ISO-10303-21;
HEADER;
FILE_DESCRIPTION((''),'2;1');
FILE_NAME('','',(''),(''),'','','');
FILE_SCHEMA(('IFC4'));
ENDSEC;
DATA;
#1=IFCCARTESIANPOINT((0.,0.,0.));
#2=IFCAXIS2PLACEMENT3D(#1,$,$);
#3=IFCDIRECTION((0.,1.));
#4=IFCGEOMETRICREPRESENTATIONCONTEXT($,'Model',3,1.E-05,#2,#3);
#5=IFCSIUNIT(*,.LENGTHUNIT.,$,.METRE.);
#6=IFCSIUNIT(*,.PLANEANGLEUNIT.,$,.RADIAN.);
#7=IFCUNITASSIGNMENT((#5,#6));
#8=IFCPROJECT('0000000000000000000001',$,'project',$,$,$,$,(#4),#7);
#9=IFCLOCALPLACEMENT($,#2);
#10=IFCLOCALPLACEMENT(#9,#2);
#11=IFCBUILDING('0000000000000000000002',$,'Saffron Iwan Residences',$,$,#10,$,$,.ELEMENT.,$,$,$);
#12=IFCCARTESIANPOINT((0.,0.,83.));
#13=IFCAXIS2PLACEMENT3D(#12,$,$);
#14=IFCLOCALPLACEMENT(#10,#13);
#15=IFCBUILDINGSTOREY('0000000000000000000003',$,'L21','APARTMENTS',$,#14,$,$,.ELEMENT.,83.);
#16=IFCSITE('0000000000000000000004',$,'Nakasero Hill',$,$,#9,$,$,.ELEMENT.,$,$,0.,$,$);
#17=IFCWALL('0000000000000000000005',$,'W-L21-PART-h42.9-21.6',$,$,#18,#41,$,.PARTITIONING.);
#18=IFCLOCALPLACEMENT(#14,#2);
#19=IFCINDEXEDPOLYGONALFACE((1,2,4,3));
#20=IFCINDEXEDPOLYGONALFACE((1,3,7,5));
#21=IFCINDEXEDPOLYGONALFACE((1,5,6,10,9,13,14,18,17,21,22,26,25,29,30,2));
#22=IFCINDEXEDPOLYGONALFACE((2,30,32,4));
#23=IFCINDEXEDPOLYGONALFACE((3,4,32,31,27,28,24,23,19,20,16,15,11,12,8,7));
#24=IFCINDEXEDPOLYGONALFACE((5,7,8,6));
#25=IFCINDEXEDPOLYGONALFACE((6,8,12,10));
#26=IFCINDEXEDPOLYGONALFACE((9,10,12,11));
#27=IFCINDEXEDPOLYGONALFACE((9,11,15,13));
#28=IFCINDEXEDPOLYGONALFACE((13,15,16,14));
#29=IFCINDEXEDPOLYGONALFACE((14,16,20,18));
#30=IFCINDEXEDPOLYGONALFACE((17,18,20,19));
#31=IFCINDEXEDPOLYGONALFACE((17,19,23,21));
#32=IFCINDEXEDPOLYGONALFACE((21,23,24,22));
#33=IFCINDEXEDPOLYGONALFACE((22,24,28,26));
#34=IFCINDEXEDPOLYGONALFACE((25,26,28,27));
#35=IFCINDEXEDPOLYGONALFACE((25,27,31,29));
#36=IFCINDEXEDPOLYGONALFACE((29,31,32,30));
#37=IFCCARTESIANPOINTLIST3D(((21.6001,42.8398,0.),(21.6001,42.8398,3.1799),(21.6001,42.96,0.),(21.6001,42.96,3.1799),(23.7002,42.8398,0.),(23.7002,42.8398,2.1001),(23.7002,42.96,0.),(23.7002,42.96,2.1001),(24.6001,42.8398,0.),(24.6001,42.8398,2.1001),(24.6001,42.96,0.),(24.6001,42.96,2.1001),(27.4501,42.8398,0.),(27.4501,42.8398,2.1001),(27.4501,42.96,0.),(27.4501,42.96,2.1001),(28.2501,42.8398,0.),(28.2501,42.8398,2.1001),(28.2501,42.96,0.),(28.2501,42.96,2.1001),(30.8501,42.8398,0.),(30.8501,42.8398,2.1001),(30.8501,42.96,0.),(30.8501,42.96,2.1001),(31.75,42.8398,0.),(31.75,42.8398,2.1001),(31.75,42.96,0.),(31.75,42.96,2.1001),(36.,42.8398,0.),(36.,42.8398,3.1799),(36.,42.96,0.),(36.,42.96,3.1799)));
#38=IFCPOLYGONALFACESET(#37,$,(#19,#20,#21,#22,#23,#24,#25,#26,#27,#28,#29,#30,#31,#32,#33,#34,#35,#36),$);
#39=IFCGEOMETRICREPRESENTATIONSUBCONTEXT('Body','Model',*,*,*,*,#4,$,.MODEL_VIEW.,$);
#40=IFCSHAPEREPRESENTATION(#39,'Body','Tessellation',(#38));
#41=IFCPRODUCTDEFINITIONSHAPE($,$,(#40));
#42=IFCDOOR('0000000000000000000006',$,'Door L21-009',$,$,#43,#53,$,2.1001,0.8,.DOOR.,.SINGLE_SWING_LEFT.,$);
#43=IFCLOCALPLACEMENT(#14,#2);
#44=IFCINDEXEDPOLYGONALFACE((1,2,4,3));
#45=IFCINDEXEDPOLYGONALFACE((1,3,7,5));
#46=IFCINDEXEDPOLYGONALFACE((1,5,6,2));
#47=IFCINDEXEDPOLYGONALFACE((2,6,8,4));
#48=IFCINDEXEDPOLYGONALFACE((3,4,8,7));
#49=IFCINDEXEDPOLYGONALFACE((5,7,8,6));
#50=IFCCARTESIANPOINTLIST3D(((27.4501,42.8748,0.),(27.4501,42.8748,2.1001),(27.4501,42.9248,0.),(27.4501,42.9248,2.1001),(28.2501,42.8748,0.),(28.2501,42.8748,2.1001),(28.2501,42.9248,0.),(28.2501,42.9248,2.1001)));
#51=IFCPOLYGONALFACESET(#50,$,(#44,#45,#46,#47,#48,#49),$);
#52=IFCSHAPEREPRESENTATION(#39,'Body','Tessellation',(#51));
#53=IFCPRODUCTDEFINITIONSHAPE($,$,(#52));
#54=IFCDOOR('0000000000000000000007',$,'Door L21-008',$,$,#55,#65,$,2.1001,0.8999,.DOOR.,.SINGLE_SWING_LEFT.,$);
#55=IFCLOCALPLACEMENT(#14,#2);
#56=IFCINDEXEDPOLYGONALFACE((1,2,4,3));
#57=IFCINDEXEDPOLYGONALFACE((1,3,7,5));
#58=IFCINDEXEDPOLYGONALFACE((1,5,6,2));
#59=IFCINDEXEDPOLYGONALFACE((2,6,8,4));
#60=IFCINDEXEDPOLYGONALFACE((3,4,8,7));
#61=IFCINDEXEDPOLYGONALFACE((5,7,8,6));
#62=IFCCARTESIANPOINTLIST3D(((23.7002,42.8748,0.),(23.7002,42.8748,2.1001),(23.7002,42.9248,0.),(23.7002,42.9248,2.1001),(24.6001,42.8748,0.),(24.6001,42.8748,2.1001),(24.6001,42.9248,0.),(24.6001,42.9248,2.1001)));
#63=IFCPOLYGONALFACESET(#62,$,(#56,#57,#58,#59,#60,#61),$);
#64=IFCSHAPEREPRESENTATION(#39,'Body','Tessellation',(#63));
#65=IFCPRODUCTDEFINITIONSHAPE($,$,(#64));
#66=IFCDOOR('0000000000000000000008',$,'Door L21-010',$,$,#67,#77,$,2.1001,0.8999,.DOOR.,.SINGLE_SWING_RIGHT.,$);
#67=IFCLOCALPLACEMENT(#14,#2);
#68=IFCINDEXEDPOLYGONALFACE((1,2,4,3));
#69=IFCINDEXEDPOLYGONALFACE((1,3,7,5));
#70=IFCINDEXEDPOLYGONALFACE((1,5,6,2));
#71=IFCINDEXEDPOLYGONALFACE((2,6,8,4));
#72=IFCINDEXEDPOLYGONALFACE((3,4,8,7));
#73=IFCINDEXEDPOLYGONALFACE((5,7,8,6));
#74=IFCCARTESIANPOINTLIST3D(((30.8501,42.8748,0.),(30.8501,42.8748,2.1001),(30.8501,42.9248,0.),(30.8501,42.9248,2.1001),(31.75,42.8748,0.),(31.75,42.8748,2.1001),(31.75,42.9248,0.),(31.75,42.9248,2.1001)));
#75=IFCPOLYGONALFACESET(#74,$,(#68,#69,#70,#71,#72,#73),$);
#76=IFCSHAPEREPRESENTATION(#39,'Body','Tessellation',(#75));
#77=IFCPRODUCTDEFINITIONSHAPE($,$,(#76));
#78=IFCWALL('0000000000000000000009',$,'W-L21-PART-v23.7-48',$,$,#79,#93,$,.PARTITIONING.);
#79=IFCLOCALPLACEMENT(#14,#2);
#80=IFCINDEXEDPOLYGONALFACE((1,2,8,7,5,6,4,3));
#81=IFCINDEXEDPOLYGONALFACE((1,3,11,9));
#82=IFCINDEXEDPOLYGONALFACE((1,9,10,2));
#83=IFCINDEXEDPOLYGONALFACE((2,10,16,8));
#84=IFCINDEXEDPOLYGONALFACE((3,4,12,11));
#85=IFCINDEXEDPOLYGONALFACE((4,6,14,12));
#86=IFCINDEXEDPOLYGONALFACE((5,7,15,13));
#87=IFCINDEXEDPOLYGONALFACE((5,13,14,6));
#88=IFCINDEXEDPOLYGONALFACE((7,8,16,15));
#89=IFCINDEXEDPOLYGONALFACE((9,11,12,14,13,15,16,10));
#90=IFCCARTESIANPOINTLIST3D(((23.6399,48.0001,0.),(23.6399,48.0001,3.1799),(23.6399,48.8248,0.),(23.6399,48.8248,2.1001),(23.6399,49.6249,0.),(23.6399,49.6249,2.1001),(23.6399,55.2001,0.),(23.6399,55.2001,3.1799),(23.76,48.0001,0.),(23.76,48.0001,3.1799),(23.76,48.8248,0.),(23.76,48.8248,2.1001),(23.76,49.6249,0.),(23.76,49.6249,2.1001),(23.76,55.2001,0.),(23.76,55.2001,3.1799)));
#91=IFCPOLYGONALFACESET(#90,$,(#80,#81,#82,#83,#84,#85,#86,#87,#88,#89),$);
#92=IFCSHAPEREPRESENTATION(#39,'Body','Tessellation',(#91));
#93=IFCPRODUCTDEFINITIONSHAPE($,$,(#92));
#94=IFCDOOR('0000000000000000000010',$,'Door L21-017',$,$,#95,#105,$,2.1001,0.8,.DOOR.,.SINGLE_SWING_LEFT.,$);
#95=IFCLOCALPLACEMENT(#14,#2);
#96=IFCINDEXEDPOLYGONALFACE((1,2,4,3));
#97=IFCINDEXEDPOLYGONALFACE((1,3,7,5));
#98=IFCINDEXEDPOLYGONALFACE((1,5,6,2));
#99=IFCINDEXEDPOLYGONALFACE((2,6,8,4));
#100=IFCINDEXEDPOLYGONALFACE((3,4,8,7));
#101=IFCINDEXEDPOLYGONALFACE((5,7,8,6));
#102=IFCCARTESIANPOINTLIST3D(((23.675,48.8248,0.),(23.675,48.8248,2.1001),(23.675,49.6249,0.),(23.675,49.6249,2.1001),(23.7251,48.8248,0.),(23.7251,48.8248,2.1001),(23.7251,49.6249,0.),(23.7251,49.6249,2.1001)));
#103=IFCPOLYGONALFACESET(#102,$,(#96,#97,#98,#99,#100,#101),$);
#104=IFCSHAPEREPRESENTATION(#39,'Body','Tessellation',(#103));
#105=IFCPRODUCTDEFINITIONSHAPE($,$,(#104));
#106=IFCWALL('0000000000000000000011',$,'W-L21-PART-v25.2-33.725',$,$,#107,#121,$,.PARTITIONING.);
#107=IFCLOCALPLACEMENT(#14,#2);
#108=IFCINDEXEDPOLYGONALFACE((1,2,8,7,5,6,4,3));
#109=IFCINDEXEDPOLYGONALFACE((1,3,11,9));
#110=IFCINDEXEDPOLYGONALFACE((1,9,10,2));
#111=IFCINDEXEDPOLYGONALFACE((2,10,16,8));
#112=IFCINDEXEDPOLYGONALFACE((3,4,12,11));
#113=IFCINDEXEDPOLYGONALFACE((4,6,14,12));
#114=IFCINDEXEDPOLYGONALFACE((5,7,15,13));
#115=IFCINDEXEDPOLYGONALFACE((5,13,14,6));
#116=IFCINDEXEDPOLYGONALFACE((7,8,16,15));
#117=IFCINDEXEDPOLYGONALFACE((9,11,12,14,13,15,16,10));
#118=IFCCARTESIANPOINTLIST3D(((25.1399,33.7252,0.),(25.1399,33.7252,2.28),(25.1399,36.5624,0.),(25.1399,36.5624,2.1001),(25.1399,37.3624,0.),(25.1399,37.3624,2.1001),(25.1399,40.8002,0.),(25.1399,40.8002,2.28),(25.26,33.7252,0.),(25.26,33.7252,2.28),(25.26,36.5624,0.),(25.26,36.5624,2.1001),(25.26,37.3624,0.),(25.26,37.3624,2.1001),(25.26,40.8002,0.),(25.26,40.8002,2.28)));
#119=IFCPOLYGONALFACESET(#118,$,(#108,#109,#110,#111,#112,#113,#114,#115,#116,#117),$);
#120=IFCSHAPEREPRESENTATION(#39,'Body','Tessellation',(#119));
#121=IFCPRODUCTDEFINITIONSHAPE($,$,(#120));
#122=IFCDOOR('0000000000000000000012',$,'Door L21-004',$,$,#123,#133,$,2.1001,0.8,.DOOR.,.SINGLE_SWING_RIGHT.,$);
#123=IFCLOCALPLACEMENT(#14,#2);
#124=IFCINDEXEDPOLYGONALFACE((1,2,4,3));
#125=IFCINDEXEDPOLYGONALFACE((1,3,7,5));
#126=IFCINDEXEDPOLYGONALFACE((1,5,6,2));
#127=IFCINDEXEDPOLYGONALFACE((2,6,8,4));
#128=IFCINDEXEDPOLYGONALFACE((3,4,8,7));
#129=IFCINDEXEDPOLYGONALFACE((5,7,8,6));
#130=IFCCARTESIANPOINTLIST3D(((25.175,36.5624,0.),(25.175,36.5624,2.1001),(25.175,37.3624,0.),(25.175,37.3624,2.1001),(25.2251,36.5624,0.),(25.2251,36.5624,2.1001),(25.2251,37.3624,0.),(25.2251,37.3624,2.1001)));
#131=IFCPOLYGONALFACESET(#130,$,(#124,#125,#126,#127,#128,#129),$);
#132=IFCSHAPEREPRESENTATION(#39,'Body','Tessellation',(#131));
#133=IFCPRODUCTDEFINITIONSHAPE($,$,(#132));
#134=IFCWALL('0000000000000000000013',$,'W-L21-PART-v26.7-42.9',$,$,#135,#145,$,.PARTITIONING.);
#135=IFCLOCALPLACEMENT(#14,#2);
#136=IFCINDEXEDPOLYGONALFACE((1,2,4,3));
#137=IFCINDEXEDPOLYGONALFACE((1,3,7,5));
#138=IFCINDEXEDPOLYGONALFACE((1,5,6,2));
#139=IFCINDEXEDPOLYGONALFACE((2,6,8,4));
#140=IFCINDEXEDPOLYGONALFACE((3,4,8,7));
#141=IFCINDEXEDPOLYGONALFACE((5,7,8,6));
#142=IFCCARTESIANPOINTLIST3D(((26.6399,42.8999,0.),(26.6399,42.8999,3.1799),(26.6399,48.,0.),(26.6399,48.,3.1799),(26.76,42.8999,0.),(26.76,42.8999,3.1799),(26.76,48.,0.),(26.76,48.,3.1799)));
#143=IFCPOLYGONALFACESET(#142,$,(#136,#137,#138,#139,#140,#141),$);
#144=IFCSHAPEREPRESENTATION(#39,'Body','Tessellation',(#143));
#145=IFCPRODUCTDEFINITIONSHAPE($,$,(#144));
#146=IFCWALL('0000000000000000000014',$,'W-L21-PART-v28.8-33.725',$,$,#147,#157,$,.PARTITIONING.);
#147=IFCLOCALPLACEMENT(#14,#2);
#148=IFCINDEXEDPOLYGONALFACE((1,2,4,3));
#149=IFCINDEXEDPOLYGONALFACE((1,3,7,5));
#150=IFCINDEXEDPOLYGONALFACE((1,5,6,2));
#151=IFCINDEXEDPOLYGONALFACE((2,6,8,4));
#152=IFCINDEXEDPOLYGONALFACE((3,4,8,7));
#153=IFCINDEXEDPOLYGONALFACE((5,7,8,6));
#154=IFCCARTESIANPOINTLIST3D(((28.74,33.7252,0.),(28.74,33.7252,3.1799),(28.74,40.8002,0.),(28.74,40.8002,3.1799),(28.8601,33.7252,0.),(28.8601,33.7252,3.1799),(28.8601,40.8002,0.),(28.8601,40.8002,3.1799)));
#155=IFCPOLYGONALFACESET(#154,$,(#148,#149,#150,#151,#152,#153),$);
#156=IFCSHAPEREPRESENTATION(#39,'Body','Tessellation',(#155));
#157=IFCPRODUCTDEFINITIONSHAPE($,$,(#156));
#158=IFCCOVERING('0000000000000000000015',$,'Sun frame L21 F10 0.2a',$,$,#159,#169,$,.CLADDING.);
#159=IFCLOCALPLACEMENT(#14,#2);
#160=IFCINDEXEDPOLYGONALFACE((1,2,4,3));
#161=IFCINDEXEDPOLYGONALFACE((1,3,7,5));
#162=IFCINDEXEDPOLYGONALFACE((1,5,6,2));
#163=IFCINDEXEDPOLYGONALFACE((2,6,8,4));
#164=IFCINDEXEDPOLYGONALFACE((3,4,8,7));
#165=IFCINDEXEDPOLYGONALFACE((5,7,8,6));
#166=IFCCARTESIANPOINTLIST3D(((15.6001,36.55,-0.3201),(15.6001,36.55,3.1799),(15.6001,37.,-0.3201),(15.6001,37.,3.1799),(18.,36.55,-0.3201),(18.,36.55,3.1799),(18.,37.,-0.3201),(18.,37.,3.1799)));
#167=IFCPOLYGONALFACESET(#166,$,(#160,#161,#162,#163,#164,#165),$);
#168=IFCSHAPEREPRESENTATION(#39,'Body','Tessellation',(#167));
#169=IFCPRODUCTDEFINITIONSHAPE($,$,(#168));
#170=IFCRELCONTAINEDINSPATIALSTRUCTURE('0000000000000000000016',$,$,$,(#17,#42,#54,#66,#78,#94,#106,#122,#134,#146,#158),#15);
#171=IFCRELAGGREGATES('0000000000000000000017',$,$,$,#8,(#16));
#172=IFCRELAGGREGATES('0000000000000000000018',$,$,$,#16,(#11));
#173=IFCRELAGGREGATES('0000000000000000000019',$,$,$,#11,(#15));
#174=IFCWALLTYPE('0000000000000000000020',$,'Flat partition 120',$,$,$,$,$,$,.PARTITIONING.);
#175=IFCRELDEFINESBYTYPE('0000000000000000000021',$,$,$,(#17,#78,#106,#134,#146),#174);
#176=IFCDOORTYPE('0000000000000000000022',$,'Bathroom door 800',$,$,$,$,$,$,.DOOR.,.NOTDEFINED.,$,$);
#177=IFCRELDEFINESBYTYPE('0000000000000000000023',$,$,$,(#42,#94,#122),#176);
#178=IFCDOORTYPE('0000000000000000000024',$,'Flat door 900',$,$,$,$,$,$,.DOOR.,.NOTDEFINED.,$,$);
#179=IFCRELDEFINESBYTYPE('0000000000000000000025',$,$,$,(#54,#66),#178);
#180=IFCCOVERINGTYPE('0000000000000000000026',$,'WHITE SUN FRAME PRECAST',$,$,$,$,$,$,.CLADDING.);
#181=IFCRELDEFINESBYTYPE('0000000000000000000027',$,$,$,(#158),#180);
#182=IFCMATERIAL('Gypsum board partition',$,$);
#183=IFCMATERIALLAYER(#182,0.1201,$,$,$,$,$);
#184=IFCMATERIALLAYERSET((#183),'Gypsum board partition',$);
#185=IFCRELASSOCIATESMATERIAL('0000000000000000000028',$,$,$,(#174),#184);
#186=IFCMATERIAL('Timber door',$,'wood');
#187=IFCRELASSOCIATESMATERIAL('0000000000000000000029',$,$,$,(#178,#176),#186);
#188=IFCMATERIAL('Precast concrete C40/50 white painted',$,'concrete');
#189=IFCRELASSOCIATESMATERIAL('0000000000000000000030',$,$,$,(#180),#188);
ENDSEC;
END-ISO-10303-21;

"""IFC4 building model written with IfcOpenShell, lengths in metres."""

from ifc_helpers import new_model, si_unit, direction, frame, frame_2d, origin, place, context, subcontext, project, spatial, polyline, rectangle, outline, extrude, material, layer, layer_set, type_object, element, fill, save


model = new_model("IFC4")

# Units and contexts
model_context = context("Model", 3, precision=1e-05, world=origin(), true_north=direction((0.0, 1.0)))
body_context = subcontext(model_context, "Body", "Model", "MODEL_VIEW")
ifc_project = project(units=[si_unit("LENGTHUNIT", "METRE"), si_unit("PLANEANGLEUNIT", "RADIAN")], contexts=[model_context])

# Site, building, storey
site_placement = place(None, origin())
site = spatial("IfcSite", under=ifc_project, at=site_placement, Name="Nakasero Hill", CompositionType="ELEMENT", RefElevation=0.0)
building_placement = place(site_placement, origin())
building = spatial("IfcBuilding", under=site, at=building_placement, Name="Saffron Iwan Residences", CompositionType="ELEMENT")
storey_placement = place(building_placement, frame((0.0, 0.0, 83.0)))
storey = spatial("IfcBuildingStorey", under=building, at=storey_placement, Name="L21", Description="APARTMENTS", CompositionType="ELEMENT", Elevation=83.0)

# Shared definitions
ifc_material_1 = material(Name="Gypsum board partition")
ifc_layer_1 = layer(ifc_material_1, 0.1201)
ifc_layer_set_1 = layer_set([ifc_layer_1], Name="Gypsum board partition")
wall_type_1 = type_object("IfcWallType", Name="Flat partition 120", PredefinedType="PARTITIONING", material=ifc_layer_set_1)

# Shared definitions
ifc_material_2 = material(Name="Timber door", Category="wood")
door_type_1 = type_object("IfcDoorType", Name="Flat door 900", OperationType="NOTDEFINED", PredefinedType="DOOR", material=ifc_material_2)

# Wall, openings, doors
wall_1_placement = place(storey_placement, frame((21.6001, 42.8999, 0.0), z_axis=(0.0, 0.0, 1.0), x_axis=(1.0, 0.0, 0.0)))
wall_1 = element("IfcWall", 1, at=wall_1_placement, inside=storey, type_object=wall_type_1, Name="W-L21-PART-h42.9-21.6", PredefinedType="PARTITIONING", context=body_context, shape_type="SweptSolid", body=[
    extrude(rectangle(XDim=14.3999, YDim=0.1201, at=frame_2d((7.2, 0.0))), origin(), (0.0, 0.0, 1.0), 3.1799),
])
opening_1_placement = place(wall_1_placement, frame((2.1001, 0.0, 0.0)))
opening_1 = element("IfcOpeningElement", 2, at=opening_1_placement, cuts=wall_1, PredefinedType="OPENING", context=body_context, shape_type="SweptSolid", body=[
    extrude(rectangle(XDim=0.8999, YDim=2.1001, at=frame_2d((0.45, 1.05))), frame((0.0, 0.0701, 0.0), z_axis=(0.0, -1.0, 0.0), x_axis=(1.0, 0.0, 0.0)), (0.0, 0.0, 1.0), 0.1401),
])
opening_2_placement = place(wall_1_placement, frame((5.8501, 0.0, 0.0)))
opening_2 = element("IfcOpeningElement", 3, at=opening_2_placement, cuts=wall_1, PredefinedType="OPENING", context=body_context, shape_type="SweptSolid", body=[
    extrude(rectangle(XDim=0.8, YDim=2.1001, at=frame_2d((0.3999, 1.05))), frame((0.0, 0.0701, 0.0), z_axis=(0.0, -1.0, 0.0), x_axis=(1.0, 0.0, 0.0)), (0.0, 0.0, 1.0), 0.1401),
])
opening_3_placement = place(wall_1_placement, frame((9.25, 0.0, 0.0)))
opening_3 = element("IfcOpeningElement", 4, at=opening_3_placement, cuts=wall_1, PredefinedType="OPENING", context=body_context, shape_type="SweptSolid", body=[
    extrude(rectangle(XDim=0.8999, YDim=2.1001, at=frame_2d((0.45, 1.05))), frame((0.0, 0.0701, 0.0), z_axis=(0.0, -1.0, 0.0), x_axis=(1.0, 0.0, 0.0)), (0.0, 0.0, 1.0), 0.1401),
])
door_type_2 = type_object("IfcDoorType", Name="Bathroom door 800", OperationType="NOTDEFINED", PredefinedType="DOOR", material=ifc_material_2)
door_1_placement = place(opening_2_placement, origin())
door_1 = element("IfcDoor", 5, at=door_1_placement, inside=storey, type_object=door_type_2, Name="Door L21-009", OperationType="SINGLE_SWING_LEFT", OverallHeight=2.1001, OverallWidth=0.8, PredefinedType="DOOR", context=body_context, shape_type="SweptSolid", body=[
    extrude(rectangle(XDim=0.8, YDim=2.1001, at=frame_2d((0.3999, 1.05))), frame((0.0, 0.0249, 0.0), z_axis=(0.0, -1.0, 0.0), x_axis=(1.0, 0.0, 0.0)), (0.0, 0.0, 1.0), 0.05),
])
fill(opening_2, door_1)
door_2_placement = place(opening_1_placement, origin())
door_2 = element("IfcDoor", 6, at=door_2_placement, inside=storey, type_object=door_type_1, Name="Door L21-008", OperationType="SINGLE_SWING_LEFT", OverallHeight=2.1001, OverallWidth=0.8999, PredefinedType="DOOR", context=body_context, shape_type="SweptSolid", body=[
    extrude(rectangle(XDim=0.8999, YDim=2.1001, at=frame_2d((0.45, 1.05))), frame((0.0, 0.0249, 0.0), z_axis=(0.0, -1.0, 0.0), x_axis=(1.0, 0.0, 0.0)), (0.0, 0.0, 1.0), 0.05),
])
fill(opening_1, door_2)
door_3_placement = place(opening_3_placement, origin())
door_3 = element("IfcDoor", 7, at=door_3_placement, inside=storey, type_object=door_type_1, Name="Door L21-010", OperationType="SINGLE_SWING_RIGHT", OverallHeight=2.1001, OverallWidth=0.8999, PredefinedType="DOOR", context=body_context, shape_type="SweptSolid", body=[
    extrude(rectangle(XDim=0.8999, YDim=2.1001, at=frame_2d((0.45, 1.05))), frame((0.0, 0.0249, 0.0), z_axis=(0.0, -1.0, 0.0), x_axis=(1.0, 0.0, 0.0)), (0.0, 0.0, 1.0), 0.05),
])
fill(opening_3, door_3)

# Walls, openings, doors
wall_2_placement = place(storey_placement, frame((23.7, 48.0, 0.0), z_axis=(0.0, 0.0, 1.0), x_axis=(0.0, 1.0, 0.0)))
wall_2 = element("IfcWall", 8, at=wall_2_placement, inside=storey, type_object=wall_type_1, Name="W-L21-PART-v23.7-48", PredefinedType="PARTITIONING", context=body_context, shape_type="SweptSolid", body=[
    extrude(rectangle(XDim=7.2, YDim=0.1201, at=frame_2d((3.6001, 0.0))), origin(), (0.0, 0.0, 1.0), 3.1799),
])
opening_4_placement = place(wall_2_placement, frame((0.825, 0.0, 0.0)))
opening_4 = element("IfcOpeningElement", 9, at=opening_4_placement, cuts=wall_2, PredefinedType="OPENING", context=body_context, shape_type="SweptSolid", body=[
    extrude(rectangle(XDim=0.8, YDim=2.1001, at=frame_2d((0.3999, 1.05))), frame((0.0, 0.0701, 0.0), z_axis=(0.0, -1.0, 0.0), x_axis=(1.0, 0.0, 0.0)), (0.0, 0.0, 1.0), 0.1401),
])
door_4_placement = place(opening_4_placement, origin())
door_4 = element("IfcDoor", 10, at=door_4_placement, inside=storey, type_object=door_type_2, Name="Door L21-017", OperationType="SINGLE_SWING_LEFT", OverallHeight=2.1001, OverallWidth=0.8, PredefinedType="DOOR", context=body_context, shape_type="SweptSolid", body=[
    extrude(rectangle(XDim=0.8, YDim=2.1001, at=frame_2d((0.3999, 1.05))), frame((0.0, 0.0249, 0.0), z_axis=(0.0, -1.0, 0.0), x_axis=(1.0, 0.0, 0.0)), (0.0, 0.0, 1.0), 0.05),
])
fill(opening_4, door_4)
wall_3_placement = place(storey_placement, frame((25.2, 33.7251, 0.0), z_axis=(0.0, 0.0, 1.0), x_axis=(0.0, 1.0, 0.0)))
wall_3 = element("IfcWall", 11, at=wall_3_placement, inside=storey, type_object=wall_type_1, Name="W-L21-PART-v25.2-33.725", PredefinedType="PARTITIONING", context=body_context, shape_type="SweptSolid", body=[
    extrude(rectangle(XDim=7.075, YDim=0.1201, at=frame_2d((3.5376, 0.0))), origin(), (0.0, 0.0, 1.0), 2.28),
])
opening_5_placement = place(wall_3_placement, frame((2.8374, 0.0, 0.0)))
opening_5 = element("IfcOpeningElement", 12, at=opening_5_placement, cuts=wall_3, PredefinedType="OPENING", context=body_context, shape_type="SweptSolid", body=[
    extrude(rectangle(XDim=0.8, YDim=2.1001, at=frame_2d((0.3999, 1.05))), frame((0.0, 0.0701, 0.0), z_axis=(0.0, -1.0, 0.0), x_axis=(1.0, 0.0, 0.0)), (0.0, 0.0, 1.0), 0.1401),
])
door_5_placement = place(opening_5_placement, origin())
door_5 = element("IfcDoor", 13, at=door_5_placement, inside=storey, type_object=door_type_2, Name="Door L21-004", OperationType="SINGLE_SWING_RIGHT", OverallHeight=2.1001, OverallWidth=0.8, PredefinedType="DOOR", context=body_context, shape_type="SweptSolid", body=[
    extrude(rectangle(XDim=0.8, YDim=2.1001, at=frame_2d((0.3999, 1.05))), frame((0.0, 0.0249, 0.0), z_axis=(0.0, -1.0, 0.0), x_axis=(1.0, 0.0, 0.0)), (0.0, 0.0, 1.0), 0.05),
])
fill(opening_5, door_5)

# Walls
wall_4_placement = place(storey_placement, frame((26.7, 42.8999, 0.0), z_axis=(0.0, 0.0, 1.0), x_axis=(0.0, 1.0, 0.0)))
element("IfcWall", 14, at=wall_4_placement, inside=storey, type_object=wall_type_1, Name="W-L21-PART-v26.7-42.9", PredefinedType="PARTITIONING", context=body_context, shape_type="SweptSolid", body=[
    extrude(rectangle(XDim=5.1001, YDim=0.1201, at=frame_2d((2.55, 0.0))), origin(), (0.0, 0.0, 1.0), 3.1799),
])
wall_5_placement = place(storey_placement, frame((28.8, 33.7251, 0.0), z_axis=(0.0, 0.0, 1.0), x_axis=(0.0, 1.0, 0.0)))
element("IfcWall", 15, at=wall_5_placement, inside=storey, type_object=wall_type_1, Name="W-L21-PART-v28.8-33.725", PredefinedType="PARTITIONING", context=body_context, shape_type="SweptSolid", body=[
    extrude(rectangle(XDim=7.075, YDim=0.1201, at=frame_2d((3.5376, 0.0))), origin(), (0.0, 0.0, 1.0), 3.1799),
])

# Covering
ifc_material_3 = material(Name="Precast concrete C40/50 white painted", Category="concrete")
covering_type = type_object("IfcCoveringType", Name="WHITE SUN FRAME PRECAST", PredefinedType="CLADDING", material=ifc_material_3)
covering_placement = place(storey_placement, frame((18.0, 37.0, -0.3201), z_axis=(-1.0, 0.0, 0.0), x_axis=(0.0, -1.0, 0.0)))
element("IfcCovering", 16, at=covering_placement, inside=storey, type_object=covering_type, Name="Sun frame L21 F10 0.2a", PredefinedType="CLADDING", context=body_context, shape_type="SweptSolid", body=[
    extrude(outline(polyline([(0.0, 0.0), (0.45, 0.0), (0.45, 3.5), (0.0, 3.5), (0.0, 0.0)])), origin(), (0.0, 0.0, 1.0), 2.3999),
])

save(model, "model.ifc")
